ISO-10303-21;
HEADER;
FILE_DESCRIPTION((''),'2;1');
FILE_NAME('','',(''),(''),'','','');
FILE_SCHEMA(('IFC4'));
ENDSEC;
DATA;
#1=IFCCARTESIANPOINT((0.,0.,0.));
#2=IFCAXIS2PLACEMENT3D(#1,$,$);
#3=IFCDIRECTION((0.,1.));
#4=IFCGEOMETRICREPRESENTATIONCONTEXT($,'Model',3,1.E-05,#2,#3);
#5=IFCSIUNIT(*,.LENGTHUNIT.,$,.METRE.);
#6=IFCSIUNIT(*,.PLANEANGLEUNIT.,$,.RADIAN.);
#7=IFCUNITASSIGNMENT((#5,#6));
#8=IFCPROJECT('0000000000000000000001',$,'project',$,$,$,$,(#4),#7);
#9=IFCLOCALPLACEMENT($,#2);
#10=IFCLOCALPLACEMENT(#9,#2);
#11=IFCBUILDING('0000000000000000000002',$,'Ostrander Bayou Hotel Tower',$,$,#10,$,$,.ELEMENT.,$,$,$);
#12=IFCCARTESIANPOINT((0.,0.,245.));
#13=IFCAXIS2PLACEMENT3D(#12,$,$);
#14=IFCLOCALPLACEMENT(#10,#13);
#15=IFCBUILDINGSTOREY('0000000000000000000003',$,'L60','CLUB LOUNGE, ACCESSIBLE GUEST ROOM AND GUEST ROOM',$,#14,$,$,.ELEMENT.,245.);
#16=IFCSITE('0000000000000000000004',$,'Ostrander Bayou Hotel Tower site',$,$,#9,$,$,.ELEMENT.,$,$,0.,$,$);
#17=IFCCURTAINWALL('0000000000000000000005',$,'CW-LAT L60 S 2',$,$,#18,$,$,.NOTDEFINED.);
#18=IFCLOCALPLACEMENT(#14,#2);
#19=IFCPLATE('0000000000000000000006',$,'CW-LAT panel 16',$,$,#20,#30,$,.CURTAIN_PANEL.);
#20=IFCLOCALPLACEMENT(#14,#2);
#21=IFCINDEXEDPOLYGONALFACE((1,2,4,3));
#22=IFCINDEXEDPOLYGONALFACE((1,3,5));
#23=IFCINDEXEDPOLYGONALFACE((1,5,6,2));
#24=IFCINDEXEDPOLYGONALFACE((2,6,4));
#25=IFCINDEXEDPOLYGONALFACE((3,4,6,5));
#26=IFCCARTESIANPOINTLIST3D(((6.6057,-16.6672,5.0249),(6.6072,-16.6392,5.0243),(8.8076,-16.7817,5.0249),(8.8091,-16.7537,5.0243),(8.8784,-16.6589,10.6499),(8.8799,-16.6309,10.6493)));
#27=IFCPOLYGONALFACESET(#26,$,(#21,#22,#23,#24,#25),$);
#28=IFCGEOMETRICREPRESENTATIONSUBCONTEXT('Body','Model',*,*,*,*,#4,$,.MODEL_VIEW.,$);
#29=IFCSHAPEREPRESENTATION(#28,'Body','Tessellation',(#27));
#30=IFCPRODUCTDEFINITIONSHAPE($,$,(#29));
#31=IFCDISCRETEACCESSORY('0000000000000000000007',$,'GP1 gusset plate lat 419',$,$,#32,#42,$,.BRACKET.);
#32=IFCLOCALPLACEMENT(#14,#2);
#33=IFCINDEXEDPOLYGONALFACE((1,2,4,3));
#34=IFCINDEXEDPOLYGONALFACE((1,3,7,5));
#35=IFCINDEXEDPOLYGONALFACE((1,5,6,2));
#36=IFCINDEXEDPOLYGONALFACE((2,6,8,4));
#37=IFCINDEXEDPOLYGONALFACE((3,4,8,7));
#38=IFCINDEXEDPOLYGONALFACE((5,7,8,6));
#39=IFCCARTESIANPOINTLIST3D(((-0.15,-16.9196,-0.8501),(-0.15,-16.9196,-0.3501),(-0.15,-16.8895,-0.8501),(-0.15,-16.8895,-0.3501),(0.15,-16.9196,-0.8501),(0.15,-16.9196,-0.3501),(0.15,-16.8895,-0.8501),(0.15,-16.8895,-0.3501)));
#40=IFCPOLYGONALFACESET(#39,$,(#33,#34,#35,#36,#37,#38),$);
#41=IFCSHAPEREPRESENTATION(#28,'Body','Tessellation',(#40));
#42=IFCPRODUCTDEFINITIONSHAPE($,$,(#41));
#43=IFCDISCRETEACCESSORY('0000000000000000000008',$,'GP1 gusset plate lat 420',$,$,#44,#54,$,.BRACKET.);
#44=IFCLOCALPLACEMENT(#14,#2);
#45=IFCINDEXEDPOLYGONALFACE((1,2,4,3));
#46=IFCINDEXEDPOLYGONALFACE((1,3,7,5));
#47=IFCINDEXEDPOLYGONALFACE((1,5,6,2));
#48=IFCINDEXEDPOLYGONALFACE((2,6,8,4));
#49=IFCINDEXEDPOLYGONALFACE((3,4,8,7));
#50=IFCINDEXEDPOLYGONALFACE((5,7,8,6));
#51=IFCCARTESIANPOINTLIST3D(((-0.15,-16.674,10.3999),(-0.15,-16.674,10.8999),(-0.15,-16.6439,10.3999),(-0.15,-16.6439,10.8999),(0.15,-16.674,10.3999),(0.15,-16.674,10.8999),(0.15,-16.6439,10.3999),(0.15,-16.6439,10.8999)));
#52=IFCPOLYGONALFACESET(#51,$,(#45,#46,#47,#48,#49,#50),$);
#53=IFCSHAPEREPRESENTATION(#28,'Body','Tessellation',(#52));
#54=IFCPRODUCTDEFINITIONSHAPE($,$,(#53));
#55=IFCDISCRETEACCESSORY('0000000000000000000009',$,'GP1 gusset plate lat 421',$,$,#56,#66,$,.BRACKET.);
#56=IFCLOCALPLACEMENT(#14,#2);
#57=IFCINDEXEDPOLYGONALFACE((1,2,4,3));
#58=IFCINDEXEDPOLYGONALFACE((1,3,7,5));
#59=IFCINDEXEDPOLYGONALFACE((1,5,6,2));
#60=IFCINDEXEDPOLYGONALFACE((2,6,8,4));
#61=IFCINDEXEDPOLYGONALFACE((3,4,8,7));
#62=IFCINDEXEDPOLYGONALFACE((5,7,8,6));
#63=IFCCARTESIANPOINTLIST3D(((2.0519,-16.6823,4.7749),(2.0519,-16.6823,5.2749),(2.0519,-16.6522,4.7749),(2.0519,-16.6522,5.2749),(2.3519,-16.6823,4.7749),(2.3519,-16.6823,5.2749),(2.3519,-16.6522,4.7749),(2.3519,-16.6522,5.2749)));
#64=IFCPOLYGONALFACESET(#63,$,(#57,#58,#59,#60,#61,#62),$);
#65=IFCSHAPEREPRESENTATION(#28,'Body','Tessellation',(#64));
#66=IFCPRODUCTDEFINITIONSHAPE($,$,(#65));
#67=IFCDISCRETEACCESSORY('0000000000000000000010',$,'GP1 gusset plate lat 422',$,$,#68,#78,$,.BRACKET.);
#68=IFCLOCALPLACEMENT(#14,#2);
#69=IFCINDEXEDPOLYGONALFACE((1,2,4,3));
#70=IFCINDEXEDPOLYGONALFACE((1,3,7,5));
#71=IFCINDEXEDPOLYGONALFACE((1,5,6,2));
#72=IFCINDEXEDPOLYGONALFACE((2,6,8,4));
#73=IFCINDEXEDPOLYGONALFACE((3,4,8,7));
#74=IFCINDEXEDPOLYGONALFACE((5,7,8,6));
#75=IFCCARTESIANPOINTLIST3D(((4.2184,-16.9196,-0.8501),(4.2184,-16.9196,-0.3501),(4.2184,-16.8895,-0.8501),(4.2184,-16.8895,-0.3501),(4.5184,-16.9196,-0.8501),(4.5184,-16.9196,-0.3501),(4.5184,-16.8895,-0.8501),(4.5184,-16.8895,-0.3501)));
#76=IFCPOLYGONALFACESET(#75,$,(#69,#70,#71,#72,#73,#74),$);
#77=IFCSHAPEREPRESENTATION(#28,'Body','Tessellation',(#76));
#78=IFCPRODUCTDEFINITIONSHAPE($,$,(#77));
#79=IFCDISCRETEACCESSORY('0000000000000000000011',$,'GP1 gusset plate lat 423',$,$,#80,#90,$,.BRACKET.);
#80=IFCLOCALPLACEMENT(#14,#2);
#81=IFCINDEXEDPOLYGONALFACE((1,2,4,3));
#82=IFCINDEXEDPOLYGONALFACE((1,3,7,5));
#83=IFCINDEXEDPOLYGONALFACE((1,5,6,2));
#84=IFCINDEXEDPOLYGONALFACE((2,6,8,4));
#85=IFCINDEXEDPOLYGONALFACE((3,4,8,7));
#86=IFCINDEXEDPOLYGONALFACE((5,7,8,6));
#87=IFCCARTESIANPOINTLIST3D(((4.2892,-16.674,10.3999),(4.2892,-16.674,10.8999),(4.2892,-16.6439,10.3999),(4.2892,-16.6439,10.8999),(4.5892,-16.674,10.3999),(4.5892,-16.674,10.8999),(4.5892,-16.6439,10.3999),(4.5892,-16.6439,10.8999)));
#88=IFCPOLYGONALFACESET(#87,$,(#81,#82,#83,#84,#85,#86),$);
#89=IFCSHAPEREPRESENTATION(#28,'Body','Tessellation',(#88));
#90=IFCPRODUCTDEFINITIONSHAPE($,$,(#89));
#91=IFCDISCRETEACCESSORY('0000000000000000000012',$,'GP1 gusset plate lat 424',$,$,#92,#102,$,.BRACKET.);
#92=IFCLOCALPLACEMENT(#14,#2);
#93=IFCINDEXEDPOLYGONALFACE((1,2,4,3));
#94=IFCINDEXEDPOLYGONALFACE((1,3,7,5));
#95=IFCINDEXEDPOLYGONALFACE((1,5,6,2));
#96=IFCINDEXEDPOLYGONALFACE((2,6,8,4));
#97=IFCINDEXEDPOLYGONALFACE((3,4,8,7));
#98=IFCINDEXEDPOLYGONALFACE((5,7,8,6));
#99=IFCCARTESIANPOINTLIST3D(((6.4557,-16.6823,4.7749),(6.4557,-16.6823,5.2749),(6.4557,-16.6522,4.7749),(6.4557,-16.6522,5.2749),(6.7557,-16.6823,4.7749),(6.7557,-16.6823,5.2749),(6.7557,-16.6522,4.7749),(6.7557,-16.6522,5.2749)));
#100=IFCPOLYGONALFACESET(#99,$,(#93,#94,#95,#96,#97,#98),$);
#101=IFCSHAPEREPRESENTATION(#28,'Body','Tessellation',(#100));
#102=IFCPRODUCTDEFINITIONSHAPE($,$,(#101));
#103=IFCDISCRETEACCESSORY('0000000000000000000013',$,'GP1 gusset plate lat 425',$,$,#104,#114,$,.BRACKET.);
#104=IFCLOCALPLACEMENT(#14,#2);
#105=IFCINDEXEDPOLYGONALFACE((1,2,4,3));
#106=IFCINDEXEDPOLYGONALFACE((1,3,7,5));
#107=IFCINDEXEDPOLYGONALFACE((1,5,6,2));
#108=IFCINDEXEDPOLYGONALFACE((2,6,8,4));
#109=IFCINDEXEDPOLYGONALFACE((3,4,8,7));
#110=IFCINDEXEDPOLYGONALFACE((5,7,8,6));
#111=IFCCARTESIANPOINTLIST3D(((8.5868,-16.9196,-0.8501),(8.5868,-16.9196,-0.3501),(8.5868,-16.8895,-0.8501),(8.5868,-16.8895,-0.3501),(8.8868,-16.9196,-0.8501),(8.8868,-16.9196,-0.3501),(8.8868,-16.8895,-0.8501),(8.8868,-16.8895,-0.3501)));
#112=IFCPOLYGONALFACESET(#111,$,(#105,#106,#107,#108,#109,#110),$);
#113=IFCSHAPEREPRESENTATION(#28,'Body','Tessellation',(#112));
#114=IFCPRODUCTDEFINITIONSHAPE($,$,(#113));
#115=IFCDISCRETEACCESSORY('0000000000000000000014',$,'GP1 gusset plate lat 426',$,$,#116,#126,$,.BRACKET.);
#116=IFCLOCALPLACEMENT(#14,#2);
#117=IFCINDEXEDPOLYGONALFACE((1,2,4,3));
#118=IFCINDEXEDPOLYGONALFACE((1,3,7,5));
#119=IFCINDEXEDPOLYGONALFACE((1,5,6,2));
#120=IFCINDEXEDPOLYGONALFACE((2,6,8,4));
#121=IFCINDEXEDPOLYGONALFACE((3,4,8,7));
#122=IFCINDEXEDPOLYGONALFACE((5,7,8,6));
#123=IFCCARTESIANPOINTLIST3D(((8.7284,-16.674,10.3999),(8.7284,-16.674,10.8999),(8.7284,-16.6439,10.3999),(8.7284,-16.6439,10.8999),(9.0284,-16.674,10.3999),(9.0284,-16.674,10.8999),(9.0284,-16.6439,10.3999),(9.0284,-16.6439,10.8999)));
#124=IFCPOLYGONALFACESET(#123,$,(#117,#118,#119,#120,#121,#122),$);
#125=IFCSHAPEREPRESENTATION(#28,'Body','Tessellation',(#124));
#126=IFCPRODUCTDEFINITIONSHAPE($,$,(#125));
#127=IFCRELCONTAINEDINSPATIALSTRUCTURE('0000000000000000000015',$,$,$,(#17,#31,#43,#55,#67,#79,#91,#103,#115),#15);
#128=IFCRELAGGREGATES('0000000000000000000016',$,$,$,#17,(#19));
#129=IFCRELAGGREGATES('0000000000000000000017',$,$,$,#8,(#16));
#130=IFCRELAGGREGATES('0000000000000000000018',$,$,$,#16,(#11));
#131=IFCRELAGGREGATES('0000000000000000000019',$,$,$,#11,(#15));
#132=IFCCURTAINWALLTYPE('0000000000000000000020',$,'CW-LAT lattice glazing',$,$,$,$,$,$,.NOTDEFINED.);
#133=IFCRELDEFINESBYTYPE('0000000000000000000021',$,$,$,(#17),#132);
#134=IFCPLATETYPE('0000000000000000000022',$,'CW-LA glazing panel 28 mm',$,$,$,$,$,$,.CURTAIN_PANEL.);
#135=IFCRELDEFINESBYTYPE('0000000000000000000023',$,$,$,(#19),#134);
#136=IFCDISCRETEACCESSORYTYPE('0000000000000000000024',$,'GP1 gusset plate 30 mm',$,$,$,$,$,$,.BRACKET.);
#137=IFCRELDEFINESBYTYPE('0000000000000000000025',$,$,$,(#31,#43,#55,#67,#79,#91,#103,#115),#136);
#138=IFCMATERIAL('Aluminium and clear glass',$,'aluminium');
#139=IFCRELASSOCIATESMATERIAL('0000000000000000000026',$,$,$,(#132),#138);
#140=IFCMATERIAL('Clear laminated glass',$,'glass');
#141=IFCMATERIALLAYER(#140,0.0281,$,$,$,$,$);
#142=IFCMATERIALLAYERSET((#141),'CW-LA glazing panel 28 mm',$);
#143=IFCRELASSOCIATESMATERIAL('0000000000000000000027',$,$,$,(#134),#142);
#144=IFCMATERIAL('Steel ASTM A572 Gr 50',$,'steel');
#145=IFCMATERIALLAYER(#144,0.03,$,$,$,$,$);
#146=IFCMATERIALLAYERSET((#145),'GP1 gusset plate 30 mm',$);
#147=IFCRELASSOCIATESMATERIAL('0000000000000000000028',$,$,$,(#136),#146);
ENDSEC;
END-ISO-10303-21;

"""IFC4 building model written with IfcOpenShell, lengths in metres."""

from ifc_helpers import new_model, si_unit, direction, frame, origin, origin_2d, place, context, subcontext, project, spatial, polyline, rectangle, outline, extrude, material, layer, layer_set, type_object, element, aggregate, save


model = new_model("IFC4")

# Units and contexts
model_context = context("Model", 3, precision=1e-05, world=origin(), true_north=direction((0.0, 1.0)))
body_context = subcontext(model_context, "Body", "Model", "MODEL_VIEW")
ifc_project = project(units=[si_unit("LENGTHUNIT", "METRE"), si_unit("PLANEANGLEUNIT", "RADIAN")], contexts=[model_context])

# Site, building, storey
site_placement = place(None, origin())
site = spatial("IfcSite", under=ifc_project, at=site_placement, Name="Ostrander Bayou Hotel Tower site", CompositionType="ELEMENT", RefElevation=0.0)
building_placement = place(site_placement, origin())
building = spatial("IfcBuilding", under=site, at=building_placement, Name="Ostrander Bayou Hotel Tower", CompositionType="ELEMENT")
storey_placement = place(building_placement, frame((0.0, 0.0, 245.0)))
storey = spatial("IfcBuildingStorey", under=building, at=storey_placement, Name="L60", Description="CLUB LOUNGE, ACCESSIBLE GUEST ROOM AND GUEST ROOM", CompositionType="ELEMENT", Elevation=245.0)

# Curtain wall
ifc_material_1 = material(Name="Aluminium and clear glass", Category="aluminium")
curtain_wall_type = type_object("IfcCurtainWallType", Name="CW-LAT lattice glazing", PredefinedType="NOTDEFINED", material=ifc_material_1)
curtain_wall_1_placement = place(storey_placement, origin())
curtain_wall_1 = element("IfcCurtainWall", 1, at=curtain_wall_1_placement, inside=storey, type_object=curtain_wall_type, Name="CW-LAT L60 S 2", PredefinedType="NOTDEFINED")

# Shared definitions
ifc_material_2 = material(Name="Clear laminated glass", Category="glass")
ifc_layer_1 = layer(ifc_material_2, 0.0281)
ifc_layer_set_1 = layer_set([ifc_layer_1], Name="CW-LA glazing panel 28 mm")
plate_type = type_object("IfcPlateType", Name="CW-LA glazing panel 28 mm", PredefinedType="CURTAIN_PANEL", material=ifc_layer_set_1)

# Plate
plate_1_placement = place(storey_placement, frame((6.6057, -16.6672, 5.0249), z_axis=(-0.051918, -0.998399, 0.02245), x_axis=(0.374614, 0.001368, 0.92718)))
plate_1 = element("IfcPlate", 2, at=plate_1_placement, type_object=plate_type, Name="CW-LAT panel 16", PredefinedType="CURTAIN_PANEL", context=body_context, shape_type="SweptSolid", body=[
    extrude(outline(polyline([(0.0, 0.0), (6.0668, 0.0), (0.8247, -2.0448), (0.0, 0.0)])), origin(), (0.0, 0.0, -1.0), 0.0281),
])
aggregate(curtain_wall_1, [plate_1])

# Discrete accessories
ifc_material_3 = material(Name="Steel ASTM A572 Gr 50", Category="steel")
ifc_layer_2 = layer(ifc_material_3, 0.03)
ifc_layer_set_2 = layer_set([ifc_layer_2], Name="GP1 gusset plate 30 mm")
discrete_accessory_type = type_object("IfcDiscreteAccessoryType", Name="GP1 gusset plate 30 mm", PredefinedType="BRACKET", material=ifc_layer_set_2)
for number, where, z_axis, x_axis, name in (
    (3, (0.0, -16.9045, -0.8501), (0.0, 0.0, 1.0), (1.0, 0.0, 0.0), "GP1 gusset plate lat 419"),
    (4, (0.0, -16.6589, 10.3999), (0.0, 0.0, 1.0), (1.0, 0.0, 0.0), "GP1 gusset plate lat 420"),
    (5, (2.2019, -16.6672, 4.7749), (0.0, 0.0, 1.0), (1.0, 0.0, 0.0), "GP1 gusset plate lat 421"),
    (6, (4.3684, -16.9045, -0.8501), (0.0, 0.0, 1.0), (1.0, 0.0, 0.0), "GP1 gusset plate lat 422"),
    (7, (4.4392, -16.6589, 10.3999), (0.0, 0.0, 1.0), (1.0, 0.0, 0.0), "GP1 gusset plate lat 423"),
    (8, (6.6057, -16.6672, 4.7749), (0.0, 0.0, 1.0), (1.0, 0.0, 0.0), "GP1 gusset plate lat 424"),
    (9, (8.7368, -16.9045, -0.8501), (0.0, 0.0, 1.0), (1.0, 0.0, 0.0), "GP1 gusset plate lat 425"),
    (10, (8.8784, -16.6589, 10.3999), (0.0, 0.0, 1.0), (1.0, 0.0, 0.0), "GP1 gusset plate lat 426"),
):
    element("IfcDiscreteAccessory", number, at=place(storey_placement, frame(where, z_axis=z_axis, x_axis=x_axis)), inside=storey, type_object=discrete_accessory_type, Name=name, PredefinedType="BRACKET", context=body_context, shape_type="SweptSolid", body=[
        extrude(rectangle(XDim=0.3, YDim=0.03, at=origin_2d()), origin(), (0.0, 0.0, 1.0), 0.5),
    ])

save(model, "model.ifc")
